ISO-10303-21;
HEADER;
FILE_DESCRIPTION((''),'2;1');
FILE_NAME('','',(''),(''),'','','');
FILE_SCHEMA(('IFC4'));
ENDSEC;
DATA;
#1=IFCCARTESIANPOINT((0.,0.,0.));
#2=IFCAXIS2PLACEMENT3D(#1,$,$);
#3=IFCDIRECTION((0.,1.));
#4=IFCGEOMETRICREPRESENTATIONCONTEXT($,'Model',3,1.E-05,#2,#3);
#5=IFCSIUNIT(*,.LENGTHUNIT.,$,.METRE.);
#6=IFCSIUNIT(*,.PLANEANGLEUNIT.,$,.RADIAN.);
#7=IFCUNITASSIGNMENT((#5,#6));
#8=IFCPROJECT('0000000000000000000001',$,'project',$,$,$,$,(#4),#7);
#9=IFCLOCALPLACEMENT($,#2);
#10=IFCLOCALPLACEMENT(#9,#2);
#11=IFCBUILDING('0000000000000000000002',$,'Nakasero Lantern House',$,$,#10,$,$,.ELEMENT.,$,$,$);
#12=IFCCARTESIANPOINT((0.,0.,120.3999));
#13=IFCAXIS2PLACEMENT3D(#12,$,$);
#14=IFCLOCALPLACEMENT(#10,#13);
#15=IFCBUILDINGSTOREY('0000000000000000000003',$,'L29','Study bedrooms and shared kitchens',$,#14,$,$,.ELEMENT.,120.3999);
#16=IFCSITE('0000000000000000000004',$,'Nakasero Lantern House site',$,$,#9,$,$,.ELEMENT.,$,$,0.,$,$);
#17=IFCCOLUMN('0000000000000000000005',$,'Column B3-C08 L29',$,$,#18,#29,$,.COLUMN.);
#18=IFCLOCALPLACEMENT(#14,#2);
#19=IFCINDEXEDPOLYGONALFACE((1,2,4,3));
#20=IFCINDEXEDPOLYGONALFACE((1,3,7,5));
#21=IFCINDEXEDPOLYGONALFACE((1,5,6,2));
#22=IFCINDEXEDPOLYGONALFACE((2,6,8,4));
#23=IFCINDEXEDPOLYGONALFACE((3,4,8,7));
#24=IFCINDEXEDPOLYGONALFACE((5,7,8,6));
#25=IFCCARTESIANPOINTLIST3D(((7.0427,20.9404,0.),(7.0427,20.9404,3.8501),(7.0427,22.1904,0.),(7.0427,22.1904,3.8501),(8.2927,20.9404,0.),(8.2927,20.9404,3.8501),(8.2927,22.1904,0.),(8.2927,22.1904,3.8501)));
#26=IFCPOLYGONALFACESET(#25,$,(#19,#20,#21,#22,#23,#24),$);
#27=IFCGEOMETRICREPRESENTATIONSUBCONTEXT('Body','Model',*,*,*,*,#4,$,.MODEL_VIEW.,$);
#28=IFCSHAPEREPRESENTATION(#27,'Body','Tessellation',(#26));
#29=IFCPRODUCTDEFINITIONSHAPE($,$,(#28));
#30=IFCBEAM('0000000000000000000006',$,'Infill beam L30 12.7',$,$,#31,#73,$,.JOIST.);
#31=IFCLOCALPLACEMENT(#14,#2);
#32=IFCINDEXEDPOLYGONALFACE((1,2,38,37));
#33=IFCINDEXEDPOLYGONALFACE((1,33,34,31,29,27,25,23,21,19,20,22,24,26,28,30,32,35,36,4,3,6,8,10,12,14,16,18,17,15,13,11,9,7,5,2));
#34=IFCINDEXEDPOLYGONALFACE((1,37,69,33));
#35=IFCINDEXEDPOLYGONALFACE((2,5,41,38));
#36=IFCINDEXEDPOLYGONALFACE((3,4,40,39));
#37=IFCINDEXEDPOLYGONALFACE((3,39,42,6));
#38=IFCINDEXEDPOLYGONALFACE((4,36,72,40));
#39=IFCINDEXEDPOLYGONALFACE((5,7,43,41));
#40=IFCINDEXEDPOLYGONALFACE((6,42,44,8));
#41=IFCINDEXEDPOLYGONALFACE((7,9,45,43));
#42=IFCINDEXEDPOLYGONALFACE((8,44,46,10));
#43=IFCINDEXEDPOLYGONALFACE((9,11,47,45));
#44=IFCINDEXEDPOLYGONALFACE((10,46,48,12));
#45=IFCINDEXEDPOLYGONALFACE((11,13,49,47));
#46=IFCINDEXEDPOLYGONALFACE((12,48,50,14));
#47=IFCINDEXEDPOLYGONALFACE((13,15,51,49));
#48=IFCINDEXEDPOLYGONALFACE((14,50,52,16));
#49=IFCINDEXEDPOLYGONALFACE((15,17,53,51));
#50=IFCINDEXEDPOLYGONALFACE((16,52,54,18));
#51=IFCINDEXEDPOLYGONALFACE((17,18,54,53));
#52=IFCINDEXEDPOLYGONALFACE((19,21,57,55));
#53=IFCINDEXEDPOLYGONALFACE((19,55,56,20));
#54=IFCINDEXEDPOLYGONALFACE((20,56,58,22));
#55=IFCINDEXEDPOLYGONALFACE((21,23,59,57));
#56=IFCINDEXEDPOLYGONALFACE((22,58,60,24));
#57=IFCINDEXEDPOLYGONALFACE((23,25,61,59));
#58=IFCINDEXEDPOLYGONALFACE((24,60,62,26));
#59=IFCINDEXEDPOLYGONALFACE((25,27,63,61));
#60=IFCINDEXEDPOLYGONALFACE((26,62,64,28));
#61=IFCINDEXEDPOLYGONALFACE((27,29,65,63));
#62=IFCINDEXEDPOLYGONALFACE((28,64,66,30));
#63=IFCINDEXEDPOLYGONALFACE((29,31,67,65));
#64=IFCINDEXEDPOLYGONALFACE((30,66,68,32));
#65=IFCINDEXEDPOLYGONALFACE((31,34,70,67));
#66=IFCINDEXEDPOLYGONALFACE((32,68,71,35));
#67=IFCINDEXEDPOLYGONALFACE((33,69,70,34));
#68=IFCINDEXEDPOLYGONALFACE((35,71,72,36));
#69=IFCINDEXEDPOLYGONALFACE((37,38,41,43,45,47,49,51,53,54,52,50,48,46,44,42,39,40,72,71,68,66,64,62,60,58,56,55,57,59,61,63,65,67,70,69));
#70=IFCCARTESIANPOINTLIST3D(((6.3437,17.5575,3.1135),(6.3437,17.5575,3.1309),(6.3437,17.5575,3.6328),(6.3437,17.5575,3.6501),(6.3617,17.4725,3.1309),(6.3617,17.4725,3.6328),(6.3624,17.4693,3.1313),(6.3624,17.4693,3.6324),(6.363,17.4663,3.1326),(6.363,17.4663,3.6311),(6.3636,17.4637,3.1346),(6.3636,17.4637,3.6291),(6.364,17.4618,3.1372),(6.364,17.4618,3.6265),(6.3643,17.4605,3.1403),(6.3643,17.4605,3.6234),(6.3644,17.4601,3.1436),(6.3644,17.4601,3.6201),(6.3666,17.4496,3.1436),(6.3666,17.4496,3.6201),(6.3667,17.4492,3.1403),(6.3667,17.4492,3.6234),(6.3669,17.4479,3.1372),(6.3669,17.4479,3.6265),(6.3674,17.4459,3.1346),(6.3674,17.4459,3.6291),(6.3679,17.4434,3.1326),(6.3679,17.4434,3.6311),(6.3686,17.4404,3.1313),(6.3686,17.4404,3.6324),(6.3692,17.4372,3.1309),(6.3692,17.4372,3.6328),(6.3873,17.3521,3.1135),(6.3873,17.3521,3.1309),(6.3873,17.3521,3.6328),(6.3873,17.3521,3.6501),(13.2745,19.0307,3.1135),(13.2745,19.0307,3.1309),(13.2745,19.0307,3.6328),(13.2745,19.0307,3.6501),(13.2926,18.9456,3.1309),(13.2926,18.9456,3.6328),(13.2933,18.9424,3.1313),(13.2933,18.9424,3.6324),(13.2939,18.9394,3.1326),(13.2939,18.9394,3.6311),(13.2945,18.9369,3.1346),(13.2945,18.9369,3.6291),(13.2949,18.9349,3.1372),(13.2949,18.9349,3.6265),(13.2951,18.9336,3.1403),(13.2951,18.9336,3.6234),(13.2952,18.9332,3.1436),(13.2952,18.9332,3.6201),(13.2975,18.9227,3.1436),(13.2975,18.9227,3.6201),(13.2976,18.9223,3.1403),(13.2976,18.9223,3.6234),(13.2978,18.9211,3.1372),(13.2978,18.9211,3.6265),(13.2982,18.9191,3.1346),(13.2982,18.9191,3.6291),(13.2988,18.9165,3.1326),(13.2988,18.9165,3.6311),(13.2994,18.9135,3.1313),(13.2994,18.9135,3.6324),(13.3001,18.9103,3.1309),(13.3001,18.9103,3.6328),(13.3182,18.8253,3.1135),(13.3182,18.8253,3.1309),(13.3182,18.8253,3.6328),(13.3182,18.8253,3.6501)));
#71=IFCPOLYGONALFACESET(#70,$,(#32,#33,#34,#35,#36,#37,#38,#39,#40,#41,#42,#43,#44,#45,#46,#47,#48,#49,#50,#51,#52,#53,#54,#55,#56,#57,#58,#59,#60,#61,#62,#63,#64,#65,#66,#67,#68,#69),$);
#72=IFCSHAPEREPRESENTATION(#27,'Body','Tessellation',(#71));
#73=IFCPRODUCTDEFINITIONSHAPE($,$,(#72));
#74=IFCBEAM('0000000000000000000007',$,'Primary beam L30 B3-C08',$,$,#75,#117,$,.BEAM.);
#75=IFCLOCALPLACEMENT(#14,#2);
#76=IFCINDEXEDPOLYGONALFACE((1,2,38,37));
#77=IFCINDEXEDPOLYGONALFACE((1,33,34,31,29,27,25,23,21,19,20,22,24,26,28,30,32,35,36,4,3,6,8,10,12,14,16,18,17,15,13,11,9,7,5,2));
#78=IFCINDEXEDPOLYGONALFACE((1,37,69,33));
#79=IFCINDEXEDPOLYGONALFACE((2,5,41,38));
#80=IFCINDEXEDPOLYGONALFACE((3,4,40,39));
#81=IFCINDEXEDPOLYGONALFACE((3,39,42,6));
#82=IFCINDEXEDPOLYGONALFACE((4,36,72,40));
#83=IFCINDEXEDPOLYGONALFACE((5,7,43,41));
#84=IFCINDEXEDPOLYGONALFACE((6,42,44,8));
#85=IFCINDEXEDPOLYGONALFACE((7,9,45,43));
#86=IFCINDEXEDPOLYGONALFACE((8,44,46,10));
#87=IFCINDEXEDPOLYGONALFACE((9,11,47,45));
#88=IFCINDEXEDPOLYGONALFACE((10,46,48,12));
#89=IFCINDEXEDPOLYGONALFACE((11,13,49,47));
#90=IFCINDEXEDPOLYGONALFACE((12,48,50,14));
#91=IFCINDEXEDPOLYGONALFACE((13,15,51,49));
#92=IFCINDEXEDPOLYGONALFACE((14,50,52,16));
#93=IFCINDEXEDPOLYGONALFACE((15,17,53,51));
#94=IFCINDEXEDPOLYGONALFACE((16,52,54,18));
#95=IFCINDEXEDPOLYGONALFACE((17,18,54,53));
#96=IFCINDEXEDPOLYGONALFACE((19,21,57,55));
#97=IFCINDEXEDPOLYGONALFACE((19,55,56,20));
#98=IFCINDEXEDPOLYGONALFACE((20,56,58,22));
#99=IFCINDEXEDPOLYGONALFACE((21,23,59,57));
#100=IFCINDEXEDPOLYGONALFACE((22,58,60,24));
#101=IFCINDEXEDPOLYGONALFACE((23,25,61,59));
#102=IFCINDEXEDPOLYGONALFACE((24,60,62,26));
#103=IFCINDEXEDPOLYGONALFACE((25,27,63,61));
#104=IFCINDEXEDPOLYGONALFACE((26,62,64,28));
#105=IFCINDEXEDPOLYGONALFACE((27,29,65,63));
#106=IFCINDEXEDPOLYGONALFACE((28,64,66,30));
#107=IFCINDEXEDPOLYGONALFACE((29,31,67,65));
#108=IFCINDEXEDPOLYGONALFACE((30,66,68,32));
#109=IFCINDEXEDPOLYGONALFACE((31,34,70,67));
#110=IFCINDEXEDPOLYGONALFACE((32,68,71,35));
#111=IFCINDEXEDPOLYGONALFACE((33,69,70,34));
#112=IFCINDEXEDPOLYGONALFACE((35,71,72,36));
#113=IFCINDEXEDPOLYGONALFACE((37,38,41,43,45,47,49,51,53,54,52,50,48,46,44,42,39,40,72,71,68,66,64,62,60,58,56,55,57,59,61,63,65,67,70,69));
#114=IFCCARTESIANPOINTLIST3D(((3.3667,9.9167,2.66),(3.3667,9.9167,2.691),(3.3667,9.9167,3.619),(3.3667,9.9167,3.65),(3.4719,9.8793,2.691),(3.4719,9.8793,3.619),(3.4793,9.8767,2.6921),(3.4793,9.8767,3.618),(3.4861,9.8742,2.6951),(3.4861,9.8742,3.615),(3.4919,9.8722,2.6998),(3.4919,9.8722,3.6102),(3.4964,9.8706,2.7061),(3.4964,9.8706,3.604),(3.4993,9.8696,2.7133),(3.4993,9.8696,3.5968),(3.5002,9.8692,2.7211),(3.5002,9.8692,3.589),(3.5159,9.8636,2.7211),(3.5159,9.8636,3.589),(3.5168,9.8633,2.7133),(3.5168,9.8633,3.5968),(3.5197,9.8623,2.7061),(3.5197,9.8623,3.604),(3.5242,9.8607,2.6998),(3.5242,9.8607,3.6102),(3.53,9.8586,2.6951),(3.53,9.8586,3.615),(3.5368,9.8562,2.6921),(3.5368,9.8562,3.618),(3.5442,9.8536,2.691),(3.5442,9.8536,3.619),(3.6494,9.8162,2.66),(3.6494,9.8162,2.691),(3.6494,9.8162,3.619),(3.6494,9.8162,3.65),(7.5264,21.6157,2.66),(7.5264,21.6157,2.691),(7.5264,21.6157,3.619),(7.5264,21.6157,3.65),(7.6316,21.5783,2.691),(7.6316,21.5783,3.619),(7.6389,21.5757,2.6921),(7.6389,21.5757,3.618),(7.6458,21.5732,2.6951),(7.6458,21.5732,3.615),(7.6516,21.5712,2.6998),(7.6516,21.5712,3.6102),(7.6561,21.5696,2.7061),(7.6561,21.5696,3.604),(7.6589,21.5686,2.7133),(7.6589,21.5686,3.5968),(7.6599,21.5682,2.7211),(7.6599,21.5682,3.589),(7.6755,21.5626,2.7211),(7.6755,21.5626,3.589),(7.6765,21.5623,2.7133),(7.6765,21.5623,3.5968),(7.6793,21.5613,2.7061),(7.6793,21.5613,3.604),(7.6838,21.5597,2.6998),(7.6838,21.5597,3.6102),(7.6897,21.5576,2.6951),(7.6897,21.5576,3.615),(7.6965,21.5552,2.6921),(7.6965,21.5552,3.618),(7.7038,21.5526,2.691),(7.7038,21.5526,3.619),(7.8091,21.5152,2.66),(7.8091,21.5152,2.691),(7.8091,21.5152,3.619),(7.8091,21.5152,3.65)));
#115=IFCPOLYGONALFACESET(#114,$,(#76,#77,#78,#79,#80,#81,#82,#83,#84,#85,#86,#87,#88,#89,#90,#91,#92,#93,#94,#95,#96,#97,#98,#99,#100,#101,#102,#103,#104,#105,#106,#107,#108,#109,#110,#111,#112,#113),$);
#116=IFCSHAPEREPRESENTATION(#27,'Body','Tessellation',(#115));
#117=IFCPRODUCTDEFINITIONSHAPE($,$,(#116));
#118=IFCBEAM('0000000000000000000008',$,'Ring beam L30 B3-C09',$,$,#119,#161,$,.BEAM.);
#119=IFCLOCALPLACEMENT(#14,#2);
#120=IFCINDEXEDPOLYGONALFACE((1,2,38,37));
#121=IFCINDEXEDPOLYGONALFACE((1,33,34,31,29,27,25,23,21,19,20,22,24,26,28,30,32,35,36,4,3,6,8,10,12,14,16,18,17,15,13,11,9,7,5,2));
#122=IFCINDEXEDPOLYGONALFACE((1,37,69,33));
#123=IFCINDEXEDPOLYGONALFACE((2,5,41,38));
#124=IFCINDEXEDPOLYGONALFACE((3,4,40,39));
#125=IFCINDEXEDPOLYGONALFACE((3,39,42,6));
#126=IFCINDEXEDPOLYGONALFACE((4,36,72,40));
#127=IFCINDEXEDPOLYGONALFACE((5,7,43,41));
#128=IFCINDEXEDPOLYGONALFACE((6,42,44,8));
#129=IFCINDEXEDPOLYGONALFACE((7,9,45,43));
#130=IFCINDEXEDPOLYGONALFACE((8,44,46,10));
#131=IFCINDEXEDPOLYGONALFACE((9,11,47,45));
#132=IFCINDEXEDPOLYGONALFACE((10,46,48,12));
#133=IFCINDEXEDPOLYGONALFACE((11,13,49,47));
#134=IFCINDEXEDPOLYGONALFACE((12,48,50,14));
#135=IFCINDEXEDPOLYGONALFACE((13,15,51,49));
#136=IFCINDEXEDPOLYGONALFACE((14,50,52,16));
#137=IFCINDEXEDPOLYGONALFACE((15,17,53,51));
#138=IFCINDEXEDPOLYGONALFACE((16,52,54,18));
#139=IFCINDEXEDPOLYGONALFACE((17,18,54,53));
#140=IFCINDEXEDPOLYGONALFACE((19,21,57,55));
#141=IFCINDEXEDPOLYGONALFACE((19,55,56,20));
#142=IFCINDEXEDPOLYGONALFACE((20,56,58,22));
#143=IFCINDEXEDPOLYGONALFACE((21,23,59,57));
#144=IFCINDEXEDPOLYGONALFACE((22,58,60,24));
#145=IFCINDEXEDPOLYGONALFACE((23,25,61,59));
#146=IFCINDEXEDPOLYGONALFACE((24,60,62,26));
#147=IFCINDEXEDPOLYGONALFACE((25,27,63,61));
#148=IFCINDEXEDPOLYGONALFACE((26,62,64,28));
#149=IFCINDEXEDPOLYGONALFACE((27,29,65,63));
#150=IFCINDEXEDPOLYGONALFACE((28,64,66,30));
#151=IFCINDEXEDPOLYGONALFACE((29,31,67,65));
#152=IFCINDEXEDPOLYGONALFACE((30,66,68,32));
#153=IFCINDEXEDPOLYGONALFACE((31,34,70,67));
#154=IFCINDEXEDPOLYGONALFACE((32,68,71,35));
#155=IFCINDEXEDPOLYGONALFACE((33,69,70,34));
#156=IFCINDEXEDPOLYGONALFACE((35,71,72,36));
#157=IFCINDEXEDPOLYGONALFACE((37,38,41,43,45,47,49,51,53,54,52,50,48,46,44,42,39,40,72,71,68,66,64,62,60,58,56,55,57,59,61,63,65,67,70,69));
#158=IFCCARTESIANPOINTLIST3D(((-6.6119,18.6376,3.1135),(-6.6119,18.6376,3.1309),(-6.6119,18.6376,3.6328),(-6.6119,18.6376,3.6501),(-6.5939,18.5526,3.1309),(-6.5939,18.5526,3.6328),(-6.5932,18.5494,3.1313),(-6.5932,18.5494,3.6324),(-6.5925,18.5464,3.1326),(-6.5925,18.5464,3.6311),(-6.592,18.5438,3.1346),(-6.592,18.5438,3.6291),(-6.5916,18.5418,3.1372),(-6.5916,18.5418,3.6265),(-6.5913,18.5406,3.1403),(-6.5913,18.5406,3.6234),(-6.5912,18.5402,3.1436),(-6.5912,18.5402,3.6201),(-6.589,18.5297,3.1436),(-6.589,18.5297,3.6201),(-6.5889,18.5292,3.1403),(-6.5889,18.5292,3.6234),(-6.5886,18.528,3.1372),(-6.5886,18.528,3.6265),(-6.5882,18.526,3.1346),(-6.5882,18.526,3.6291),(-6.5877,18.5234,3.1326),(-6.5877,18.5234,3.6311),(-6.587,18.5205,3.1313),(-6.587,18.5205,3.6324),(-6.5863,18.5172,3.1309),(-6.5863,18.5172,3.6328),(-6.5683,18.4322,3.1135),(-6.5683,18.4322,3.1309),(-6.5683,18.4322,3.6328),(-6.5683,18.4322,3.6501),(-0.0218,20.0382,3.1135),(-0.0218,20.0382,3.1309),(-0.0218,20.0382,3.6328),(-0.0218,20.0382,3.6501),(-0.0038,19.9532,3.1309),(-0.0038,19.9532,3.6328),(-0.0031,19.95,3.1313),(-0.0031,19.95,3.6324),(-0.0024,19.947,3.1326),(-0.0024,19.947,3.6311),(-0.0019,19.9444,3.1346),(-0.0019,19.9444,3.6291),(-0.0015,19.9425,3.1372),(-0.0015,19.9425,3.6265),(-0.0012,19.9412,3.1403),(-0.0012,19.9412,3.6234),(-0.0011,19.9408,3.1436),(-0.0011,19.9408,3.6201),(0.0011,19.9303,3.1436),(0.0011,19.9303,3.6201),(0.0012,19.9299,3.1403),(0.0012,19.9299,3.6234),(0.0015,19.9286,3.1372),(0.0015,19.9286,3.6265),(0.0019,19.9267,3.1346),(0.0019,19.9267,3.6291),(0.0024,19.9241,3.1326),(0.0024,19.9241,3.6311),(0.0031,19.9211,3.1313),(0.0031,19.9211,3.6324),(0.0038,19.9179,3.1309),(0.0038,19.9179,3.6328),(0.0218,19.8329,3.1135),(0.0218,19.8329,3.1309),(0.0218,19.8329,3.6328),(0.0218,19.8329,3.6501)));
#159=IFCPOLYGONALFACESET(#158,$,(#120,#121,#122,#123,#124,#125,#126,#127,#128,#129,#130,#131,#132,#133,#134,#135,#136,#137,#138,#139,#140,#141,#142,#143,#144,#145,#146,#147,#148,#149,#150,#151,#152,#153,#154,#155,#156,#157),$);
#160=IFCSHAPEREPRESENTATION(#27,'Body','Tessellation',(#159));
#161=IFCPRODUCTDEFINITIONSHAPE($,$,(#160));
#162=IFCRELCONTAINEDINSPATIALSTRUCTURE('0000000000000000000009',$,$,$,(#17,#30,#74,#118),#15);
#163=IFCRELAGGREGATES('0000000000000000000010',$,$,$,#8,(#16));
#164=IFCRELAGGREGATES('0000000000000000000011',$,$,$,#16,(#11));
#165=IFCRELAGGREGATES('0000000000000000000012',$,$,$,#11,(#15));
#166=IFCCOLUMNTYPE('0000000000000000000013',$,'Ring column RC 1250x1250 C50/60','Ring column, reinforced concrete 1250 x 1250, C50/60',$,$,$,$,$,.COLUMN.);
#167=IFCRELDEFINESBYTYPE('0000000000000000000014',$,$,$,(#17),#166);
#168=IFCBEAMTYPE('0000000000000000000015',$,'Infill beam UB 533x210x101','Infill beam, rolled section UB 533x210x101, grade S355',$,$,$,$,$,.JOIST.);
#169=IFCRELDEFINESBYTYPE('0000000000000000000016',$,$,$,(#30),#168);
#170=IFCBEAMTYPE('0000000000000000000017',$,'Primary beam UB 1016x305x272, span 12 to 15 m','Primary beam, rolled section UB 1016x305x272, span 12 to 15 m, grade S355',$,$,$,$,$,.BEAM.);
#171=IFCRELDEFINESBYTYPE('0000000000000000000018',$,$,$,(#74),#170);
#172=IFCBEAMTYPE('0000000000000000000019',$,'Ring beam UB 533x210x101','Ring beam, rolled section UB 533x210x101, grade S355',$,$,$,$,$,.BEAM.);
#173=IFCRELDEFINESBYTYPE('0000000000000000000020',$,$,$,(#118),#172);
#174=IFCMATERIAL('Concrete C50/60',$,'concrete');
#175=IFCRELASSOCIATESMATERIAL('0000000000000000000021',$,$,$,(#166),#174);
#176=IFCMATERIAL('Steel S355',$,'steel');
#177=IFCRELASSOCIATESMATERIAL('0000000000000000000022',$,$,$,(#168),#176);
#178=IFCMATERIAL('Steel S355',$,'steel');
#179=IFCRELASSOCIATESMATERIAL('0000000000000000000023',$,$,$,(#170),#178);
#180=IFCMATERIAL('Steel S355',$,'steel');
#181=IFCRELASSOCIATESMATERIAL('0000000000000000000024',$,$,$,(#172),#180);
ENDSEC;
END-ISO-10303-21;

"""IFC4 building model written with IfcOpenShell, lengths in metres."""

from ifc_helpers import new_model, si_unit, direction, frame, origin, origin_2d, place, context, subcontext, project, spatial, rectangle, i_section, extrude, material, material_profile, profile_set, type_object, element, save


model = new_model("IFC4")

# Units and contexts
model_context = context("Model", 3, precision=1e-05, world=origin(), true_north=direction((0.0, 1.0)))
body_context = subcontext(model_context, "Body", "Model", "MODEL_VIEW")
ifc_project = project(units=[si_unit("LENGTHUNIT", "METRE"), si_unit("PLANEANGLEUNIT", "RADIAN")], contexts=[model_context])

# Site, building, storey
site_placement = place(None, origin())
site = spatial("IfcSite", under=ifc_project, at=site_placement, Name="Nakasero Lantern House site", CompositionType="ELEMENT", RefElevation=0.0)
building_placement = place(site_placement, origin())
building = spatial("IfcBuilding", under=site, at=building_placement, Name="Nakasero Lantern House", CompositionType="ELEMENT")
storey_placement = place(building_placement, frame((0.0, 0.0, 120.3999)))
storey = spatial("IfcBuildingStorey", under=building, at=storey_placement, Name="L29", Description="Study bedrooms and shared kitchens", CompositionType="ELEMENT", Elevation=120.3999)

# Column
ifc_material_1 = material(Name="Concrete C50/60", Category="concrete")
ifc_material_profile_1 = material_profile(ifc_material_1, rectangle(XDim=1.25, YDim=1.25, at=origin_2d()), Name="RC 1250x1250")
ifc_profile_set_1 = profile_set([ifc_material_profile_1], Name="Concrete C50/60")
column_type = type_object("IfcColumnType", Name="Ring column RC 1250x1250 C50/60", Description="Ring column, reinforced concrete 1250 x 1250, C50/60", PredefinedType="COLUMN", material=ifc_profile_set_1)
column_placement = place(storey_placement, frame((7.6677, 21.5654, 0.0), z_axis=(0.0, 0.0, 1.0), x_axis=(1.0, 0.0, 0.0)))
element("IfcColumn", 1, at=column_placement, inside=storey, type_object=column_type, Name="Column B3-C08 L29", PredefinedType="COLUMN", context=body_context, shape_type="SweptSolid", body=[
    extrude(rectangle(XDim=1.25, YDim=1.25, at=origin_2d()), origin(), (0.0, 0.0, 1.0), 3.8501),
])

# Beams
ifc_material_2 = material(Name="Steel S355", Category="steel")
ifc_material_profile_2 = material_profile(ifc_material_2, i_section(OverallWidth=0.21, OverallDepth=0.5366, WebThickness=0.0107, FlangeThickness=0.0173, FilletRadius=0.0127, at=origin_2d()), Name="UB 533x210x101")
ifc_profile_set_2 = profile_set([ifc_material_profile_2], Name="Steel S355")
beam_type_1 = type_object("IfcBeamType", Name="Infill beam UB 533x210x101", Description="Infill beam, rolled section UB 533x210x101, grade S355", PredefinedType="JOIST", material=ifc_profile_set_2)
beam_1_placement = place(storey_placement, frame((6.3655, 17.4548, 3.3818), z_axis=(0.978149, 0.207903, 0.0), x_axis=(-0.207903, 0.978149, 0.0)))
element("IfcBeam", 2, at=beam_1_placement, inside=storey, type_object=beam_type_1, Name="Infill beam L30 12.7", PredefinedType="JOIST", context=body_context, shape_type="SweptSolid", body=[
    extrude(i_section(OverallWidth=0.21, OverallDepth=0.5366, WebThickness=0.0107, FlangeThickness=0.0173, FilletRadius=0.0127, at=origin_2d()), origin(), (0.0, 0.0, 1.0), 7.0857),
])
ifc_material_3 = material(Name="Steel S355", Category="steel")
ifc_material_profile_3 = material_profile(ifc_material_3, i_section(OverallWidth=0.3, OverallDepth=0.99, WebThickness=0.0166, FlangeThickness=0.031, FilletRadius=0.03, at=origin_2d()), Name="UB 1016x305x272")
ifc_profile_set_3 = profile_set([ifc_material_profile_3], Name="Steel S355")
beam_type_2 = type_object("IfcBeamType", Name="Primary beam UB 1016x305x272, span 12 to 15 m", Description="Primary beam, rolled section UB 1016x305x272, span 12 to 15 m, grade S355", PredefinedType="BEAM", material=ifc_profile_set_3)
beam_2_placement = place(storey_placement, frame((7.6677, 21.5654, 3.155), z_axis=(-0.335012, -0.942214, 0.0), x_axis=(0.942214, -0.335012, 0.0)))
element("IfcBeam", 3, at=beam_2_placement, inside=storey, type_object=beam_type_2, Name="Primary beam L30 B3-C08", PredefinedType="BEAM", context=body_context, shape_type="SweptSolid", body=[
    extrude(i_section(OverallWidth=0.3, OverallDepth=0.99, WebThickness=0.0166, FlangeThickness=0.031, FilletRadius=0.03, at=origin_2d()), origin(), (0.0, 0.0, 1.0), 12.4165),
])
ifc_material_4 = material(Name="Steel S355", Category="steel")
ifc_material_profile_4 = material_profile(ifc_material_4, i_section(OverallWidth=0.21, OverallDepth=0.5366, WebThickness=0.0107, FlangeThickness=0.0173, FilletRadius=0.0127, at=origin_2d()), Name="UB 533x210x101")
ifc_profile_set_4 = profile_set([ifc_material_profile_4], Name="Steel S355")
beam_type_3 = type_object("IfcBeamType", Name="Ring beam UB 533x210x101", Description="Ring beam, rolled section UB 533x210x101, grade S355", PredefinedType="BEAM", material=ifc_profile_set_4)
beam_3_placement = place(storey_placement, frame((0.0, 19.9355, 3.3818), z_axis=(-0.978152, -0.207893, 0.0), x_axis=(0.207893, -0.978152, 0.0)))
element("IfcBeam", 4, at=beam_3_placement, inside=storey, type_object=beam_type_3, Name="Ring beam L30 B3-C09", PredefinedType="BEAM", context=body_context, shape_type="SweptSolid", body=[
    extrude(i_section(OverallWidth=0.21, OverallDepth=0.5366, WebThickness=0.0107, FlangeThickness=0.0173, FilletRadius=0.0127, at=origin_2d()), origin(), (0.0, 0.0, 1.0), 6.7373),
])

save(model, "model.ifc")
